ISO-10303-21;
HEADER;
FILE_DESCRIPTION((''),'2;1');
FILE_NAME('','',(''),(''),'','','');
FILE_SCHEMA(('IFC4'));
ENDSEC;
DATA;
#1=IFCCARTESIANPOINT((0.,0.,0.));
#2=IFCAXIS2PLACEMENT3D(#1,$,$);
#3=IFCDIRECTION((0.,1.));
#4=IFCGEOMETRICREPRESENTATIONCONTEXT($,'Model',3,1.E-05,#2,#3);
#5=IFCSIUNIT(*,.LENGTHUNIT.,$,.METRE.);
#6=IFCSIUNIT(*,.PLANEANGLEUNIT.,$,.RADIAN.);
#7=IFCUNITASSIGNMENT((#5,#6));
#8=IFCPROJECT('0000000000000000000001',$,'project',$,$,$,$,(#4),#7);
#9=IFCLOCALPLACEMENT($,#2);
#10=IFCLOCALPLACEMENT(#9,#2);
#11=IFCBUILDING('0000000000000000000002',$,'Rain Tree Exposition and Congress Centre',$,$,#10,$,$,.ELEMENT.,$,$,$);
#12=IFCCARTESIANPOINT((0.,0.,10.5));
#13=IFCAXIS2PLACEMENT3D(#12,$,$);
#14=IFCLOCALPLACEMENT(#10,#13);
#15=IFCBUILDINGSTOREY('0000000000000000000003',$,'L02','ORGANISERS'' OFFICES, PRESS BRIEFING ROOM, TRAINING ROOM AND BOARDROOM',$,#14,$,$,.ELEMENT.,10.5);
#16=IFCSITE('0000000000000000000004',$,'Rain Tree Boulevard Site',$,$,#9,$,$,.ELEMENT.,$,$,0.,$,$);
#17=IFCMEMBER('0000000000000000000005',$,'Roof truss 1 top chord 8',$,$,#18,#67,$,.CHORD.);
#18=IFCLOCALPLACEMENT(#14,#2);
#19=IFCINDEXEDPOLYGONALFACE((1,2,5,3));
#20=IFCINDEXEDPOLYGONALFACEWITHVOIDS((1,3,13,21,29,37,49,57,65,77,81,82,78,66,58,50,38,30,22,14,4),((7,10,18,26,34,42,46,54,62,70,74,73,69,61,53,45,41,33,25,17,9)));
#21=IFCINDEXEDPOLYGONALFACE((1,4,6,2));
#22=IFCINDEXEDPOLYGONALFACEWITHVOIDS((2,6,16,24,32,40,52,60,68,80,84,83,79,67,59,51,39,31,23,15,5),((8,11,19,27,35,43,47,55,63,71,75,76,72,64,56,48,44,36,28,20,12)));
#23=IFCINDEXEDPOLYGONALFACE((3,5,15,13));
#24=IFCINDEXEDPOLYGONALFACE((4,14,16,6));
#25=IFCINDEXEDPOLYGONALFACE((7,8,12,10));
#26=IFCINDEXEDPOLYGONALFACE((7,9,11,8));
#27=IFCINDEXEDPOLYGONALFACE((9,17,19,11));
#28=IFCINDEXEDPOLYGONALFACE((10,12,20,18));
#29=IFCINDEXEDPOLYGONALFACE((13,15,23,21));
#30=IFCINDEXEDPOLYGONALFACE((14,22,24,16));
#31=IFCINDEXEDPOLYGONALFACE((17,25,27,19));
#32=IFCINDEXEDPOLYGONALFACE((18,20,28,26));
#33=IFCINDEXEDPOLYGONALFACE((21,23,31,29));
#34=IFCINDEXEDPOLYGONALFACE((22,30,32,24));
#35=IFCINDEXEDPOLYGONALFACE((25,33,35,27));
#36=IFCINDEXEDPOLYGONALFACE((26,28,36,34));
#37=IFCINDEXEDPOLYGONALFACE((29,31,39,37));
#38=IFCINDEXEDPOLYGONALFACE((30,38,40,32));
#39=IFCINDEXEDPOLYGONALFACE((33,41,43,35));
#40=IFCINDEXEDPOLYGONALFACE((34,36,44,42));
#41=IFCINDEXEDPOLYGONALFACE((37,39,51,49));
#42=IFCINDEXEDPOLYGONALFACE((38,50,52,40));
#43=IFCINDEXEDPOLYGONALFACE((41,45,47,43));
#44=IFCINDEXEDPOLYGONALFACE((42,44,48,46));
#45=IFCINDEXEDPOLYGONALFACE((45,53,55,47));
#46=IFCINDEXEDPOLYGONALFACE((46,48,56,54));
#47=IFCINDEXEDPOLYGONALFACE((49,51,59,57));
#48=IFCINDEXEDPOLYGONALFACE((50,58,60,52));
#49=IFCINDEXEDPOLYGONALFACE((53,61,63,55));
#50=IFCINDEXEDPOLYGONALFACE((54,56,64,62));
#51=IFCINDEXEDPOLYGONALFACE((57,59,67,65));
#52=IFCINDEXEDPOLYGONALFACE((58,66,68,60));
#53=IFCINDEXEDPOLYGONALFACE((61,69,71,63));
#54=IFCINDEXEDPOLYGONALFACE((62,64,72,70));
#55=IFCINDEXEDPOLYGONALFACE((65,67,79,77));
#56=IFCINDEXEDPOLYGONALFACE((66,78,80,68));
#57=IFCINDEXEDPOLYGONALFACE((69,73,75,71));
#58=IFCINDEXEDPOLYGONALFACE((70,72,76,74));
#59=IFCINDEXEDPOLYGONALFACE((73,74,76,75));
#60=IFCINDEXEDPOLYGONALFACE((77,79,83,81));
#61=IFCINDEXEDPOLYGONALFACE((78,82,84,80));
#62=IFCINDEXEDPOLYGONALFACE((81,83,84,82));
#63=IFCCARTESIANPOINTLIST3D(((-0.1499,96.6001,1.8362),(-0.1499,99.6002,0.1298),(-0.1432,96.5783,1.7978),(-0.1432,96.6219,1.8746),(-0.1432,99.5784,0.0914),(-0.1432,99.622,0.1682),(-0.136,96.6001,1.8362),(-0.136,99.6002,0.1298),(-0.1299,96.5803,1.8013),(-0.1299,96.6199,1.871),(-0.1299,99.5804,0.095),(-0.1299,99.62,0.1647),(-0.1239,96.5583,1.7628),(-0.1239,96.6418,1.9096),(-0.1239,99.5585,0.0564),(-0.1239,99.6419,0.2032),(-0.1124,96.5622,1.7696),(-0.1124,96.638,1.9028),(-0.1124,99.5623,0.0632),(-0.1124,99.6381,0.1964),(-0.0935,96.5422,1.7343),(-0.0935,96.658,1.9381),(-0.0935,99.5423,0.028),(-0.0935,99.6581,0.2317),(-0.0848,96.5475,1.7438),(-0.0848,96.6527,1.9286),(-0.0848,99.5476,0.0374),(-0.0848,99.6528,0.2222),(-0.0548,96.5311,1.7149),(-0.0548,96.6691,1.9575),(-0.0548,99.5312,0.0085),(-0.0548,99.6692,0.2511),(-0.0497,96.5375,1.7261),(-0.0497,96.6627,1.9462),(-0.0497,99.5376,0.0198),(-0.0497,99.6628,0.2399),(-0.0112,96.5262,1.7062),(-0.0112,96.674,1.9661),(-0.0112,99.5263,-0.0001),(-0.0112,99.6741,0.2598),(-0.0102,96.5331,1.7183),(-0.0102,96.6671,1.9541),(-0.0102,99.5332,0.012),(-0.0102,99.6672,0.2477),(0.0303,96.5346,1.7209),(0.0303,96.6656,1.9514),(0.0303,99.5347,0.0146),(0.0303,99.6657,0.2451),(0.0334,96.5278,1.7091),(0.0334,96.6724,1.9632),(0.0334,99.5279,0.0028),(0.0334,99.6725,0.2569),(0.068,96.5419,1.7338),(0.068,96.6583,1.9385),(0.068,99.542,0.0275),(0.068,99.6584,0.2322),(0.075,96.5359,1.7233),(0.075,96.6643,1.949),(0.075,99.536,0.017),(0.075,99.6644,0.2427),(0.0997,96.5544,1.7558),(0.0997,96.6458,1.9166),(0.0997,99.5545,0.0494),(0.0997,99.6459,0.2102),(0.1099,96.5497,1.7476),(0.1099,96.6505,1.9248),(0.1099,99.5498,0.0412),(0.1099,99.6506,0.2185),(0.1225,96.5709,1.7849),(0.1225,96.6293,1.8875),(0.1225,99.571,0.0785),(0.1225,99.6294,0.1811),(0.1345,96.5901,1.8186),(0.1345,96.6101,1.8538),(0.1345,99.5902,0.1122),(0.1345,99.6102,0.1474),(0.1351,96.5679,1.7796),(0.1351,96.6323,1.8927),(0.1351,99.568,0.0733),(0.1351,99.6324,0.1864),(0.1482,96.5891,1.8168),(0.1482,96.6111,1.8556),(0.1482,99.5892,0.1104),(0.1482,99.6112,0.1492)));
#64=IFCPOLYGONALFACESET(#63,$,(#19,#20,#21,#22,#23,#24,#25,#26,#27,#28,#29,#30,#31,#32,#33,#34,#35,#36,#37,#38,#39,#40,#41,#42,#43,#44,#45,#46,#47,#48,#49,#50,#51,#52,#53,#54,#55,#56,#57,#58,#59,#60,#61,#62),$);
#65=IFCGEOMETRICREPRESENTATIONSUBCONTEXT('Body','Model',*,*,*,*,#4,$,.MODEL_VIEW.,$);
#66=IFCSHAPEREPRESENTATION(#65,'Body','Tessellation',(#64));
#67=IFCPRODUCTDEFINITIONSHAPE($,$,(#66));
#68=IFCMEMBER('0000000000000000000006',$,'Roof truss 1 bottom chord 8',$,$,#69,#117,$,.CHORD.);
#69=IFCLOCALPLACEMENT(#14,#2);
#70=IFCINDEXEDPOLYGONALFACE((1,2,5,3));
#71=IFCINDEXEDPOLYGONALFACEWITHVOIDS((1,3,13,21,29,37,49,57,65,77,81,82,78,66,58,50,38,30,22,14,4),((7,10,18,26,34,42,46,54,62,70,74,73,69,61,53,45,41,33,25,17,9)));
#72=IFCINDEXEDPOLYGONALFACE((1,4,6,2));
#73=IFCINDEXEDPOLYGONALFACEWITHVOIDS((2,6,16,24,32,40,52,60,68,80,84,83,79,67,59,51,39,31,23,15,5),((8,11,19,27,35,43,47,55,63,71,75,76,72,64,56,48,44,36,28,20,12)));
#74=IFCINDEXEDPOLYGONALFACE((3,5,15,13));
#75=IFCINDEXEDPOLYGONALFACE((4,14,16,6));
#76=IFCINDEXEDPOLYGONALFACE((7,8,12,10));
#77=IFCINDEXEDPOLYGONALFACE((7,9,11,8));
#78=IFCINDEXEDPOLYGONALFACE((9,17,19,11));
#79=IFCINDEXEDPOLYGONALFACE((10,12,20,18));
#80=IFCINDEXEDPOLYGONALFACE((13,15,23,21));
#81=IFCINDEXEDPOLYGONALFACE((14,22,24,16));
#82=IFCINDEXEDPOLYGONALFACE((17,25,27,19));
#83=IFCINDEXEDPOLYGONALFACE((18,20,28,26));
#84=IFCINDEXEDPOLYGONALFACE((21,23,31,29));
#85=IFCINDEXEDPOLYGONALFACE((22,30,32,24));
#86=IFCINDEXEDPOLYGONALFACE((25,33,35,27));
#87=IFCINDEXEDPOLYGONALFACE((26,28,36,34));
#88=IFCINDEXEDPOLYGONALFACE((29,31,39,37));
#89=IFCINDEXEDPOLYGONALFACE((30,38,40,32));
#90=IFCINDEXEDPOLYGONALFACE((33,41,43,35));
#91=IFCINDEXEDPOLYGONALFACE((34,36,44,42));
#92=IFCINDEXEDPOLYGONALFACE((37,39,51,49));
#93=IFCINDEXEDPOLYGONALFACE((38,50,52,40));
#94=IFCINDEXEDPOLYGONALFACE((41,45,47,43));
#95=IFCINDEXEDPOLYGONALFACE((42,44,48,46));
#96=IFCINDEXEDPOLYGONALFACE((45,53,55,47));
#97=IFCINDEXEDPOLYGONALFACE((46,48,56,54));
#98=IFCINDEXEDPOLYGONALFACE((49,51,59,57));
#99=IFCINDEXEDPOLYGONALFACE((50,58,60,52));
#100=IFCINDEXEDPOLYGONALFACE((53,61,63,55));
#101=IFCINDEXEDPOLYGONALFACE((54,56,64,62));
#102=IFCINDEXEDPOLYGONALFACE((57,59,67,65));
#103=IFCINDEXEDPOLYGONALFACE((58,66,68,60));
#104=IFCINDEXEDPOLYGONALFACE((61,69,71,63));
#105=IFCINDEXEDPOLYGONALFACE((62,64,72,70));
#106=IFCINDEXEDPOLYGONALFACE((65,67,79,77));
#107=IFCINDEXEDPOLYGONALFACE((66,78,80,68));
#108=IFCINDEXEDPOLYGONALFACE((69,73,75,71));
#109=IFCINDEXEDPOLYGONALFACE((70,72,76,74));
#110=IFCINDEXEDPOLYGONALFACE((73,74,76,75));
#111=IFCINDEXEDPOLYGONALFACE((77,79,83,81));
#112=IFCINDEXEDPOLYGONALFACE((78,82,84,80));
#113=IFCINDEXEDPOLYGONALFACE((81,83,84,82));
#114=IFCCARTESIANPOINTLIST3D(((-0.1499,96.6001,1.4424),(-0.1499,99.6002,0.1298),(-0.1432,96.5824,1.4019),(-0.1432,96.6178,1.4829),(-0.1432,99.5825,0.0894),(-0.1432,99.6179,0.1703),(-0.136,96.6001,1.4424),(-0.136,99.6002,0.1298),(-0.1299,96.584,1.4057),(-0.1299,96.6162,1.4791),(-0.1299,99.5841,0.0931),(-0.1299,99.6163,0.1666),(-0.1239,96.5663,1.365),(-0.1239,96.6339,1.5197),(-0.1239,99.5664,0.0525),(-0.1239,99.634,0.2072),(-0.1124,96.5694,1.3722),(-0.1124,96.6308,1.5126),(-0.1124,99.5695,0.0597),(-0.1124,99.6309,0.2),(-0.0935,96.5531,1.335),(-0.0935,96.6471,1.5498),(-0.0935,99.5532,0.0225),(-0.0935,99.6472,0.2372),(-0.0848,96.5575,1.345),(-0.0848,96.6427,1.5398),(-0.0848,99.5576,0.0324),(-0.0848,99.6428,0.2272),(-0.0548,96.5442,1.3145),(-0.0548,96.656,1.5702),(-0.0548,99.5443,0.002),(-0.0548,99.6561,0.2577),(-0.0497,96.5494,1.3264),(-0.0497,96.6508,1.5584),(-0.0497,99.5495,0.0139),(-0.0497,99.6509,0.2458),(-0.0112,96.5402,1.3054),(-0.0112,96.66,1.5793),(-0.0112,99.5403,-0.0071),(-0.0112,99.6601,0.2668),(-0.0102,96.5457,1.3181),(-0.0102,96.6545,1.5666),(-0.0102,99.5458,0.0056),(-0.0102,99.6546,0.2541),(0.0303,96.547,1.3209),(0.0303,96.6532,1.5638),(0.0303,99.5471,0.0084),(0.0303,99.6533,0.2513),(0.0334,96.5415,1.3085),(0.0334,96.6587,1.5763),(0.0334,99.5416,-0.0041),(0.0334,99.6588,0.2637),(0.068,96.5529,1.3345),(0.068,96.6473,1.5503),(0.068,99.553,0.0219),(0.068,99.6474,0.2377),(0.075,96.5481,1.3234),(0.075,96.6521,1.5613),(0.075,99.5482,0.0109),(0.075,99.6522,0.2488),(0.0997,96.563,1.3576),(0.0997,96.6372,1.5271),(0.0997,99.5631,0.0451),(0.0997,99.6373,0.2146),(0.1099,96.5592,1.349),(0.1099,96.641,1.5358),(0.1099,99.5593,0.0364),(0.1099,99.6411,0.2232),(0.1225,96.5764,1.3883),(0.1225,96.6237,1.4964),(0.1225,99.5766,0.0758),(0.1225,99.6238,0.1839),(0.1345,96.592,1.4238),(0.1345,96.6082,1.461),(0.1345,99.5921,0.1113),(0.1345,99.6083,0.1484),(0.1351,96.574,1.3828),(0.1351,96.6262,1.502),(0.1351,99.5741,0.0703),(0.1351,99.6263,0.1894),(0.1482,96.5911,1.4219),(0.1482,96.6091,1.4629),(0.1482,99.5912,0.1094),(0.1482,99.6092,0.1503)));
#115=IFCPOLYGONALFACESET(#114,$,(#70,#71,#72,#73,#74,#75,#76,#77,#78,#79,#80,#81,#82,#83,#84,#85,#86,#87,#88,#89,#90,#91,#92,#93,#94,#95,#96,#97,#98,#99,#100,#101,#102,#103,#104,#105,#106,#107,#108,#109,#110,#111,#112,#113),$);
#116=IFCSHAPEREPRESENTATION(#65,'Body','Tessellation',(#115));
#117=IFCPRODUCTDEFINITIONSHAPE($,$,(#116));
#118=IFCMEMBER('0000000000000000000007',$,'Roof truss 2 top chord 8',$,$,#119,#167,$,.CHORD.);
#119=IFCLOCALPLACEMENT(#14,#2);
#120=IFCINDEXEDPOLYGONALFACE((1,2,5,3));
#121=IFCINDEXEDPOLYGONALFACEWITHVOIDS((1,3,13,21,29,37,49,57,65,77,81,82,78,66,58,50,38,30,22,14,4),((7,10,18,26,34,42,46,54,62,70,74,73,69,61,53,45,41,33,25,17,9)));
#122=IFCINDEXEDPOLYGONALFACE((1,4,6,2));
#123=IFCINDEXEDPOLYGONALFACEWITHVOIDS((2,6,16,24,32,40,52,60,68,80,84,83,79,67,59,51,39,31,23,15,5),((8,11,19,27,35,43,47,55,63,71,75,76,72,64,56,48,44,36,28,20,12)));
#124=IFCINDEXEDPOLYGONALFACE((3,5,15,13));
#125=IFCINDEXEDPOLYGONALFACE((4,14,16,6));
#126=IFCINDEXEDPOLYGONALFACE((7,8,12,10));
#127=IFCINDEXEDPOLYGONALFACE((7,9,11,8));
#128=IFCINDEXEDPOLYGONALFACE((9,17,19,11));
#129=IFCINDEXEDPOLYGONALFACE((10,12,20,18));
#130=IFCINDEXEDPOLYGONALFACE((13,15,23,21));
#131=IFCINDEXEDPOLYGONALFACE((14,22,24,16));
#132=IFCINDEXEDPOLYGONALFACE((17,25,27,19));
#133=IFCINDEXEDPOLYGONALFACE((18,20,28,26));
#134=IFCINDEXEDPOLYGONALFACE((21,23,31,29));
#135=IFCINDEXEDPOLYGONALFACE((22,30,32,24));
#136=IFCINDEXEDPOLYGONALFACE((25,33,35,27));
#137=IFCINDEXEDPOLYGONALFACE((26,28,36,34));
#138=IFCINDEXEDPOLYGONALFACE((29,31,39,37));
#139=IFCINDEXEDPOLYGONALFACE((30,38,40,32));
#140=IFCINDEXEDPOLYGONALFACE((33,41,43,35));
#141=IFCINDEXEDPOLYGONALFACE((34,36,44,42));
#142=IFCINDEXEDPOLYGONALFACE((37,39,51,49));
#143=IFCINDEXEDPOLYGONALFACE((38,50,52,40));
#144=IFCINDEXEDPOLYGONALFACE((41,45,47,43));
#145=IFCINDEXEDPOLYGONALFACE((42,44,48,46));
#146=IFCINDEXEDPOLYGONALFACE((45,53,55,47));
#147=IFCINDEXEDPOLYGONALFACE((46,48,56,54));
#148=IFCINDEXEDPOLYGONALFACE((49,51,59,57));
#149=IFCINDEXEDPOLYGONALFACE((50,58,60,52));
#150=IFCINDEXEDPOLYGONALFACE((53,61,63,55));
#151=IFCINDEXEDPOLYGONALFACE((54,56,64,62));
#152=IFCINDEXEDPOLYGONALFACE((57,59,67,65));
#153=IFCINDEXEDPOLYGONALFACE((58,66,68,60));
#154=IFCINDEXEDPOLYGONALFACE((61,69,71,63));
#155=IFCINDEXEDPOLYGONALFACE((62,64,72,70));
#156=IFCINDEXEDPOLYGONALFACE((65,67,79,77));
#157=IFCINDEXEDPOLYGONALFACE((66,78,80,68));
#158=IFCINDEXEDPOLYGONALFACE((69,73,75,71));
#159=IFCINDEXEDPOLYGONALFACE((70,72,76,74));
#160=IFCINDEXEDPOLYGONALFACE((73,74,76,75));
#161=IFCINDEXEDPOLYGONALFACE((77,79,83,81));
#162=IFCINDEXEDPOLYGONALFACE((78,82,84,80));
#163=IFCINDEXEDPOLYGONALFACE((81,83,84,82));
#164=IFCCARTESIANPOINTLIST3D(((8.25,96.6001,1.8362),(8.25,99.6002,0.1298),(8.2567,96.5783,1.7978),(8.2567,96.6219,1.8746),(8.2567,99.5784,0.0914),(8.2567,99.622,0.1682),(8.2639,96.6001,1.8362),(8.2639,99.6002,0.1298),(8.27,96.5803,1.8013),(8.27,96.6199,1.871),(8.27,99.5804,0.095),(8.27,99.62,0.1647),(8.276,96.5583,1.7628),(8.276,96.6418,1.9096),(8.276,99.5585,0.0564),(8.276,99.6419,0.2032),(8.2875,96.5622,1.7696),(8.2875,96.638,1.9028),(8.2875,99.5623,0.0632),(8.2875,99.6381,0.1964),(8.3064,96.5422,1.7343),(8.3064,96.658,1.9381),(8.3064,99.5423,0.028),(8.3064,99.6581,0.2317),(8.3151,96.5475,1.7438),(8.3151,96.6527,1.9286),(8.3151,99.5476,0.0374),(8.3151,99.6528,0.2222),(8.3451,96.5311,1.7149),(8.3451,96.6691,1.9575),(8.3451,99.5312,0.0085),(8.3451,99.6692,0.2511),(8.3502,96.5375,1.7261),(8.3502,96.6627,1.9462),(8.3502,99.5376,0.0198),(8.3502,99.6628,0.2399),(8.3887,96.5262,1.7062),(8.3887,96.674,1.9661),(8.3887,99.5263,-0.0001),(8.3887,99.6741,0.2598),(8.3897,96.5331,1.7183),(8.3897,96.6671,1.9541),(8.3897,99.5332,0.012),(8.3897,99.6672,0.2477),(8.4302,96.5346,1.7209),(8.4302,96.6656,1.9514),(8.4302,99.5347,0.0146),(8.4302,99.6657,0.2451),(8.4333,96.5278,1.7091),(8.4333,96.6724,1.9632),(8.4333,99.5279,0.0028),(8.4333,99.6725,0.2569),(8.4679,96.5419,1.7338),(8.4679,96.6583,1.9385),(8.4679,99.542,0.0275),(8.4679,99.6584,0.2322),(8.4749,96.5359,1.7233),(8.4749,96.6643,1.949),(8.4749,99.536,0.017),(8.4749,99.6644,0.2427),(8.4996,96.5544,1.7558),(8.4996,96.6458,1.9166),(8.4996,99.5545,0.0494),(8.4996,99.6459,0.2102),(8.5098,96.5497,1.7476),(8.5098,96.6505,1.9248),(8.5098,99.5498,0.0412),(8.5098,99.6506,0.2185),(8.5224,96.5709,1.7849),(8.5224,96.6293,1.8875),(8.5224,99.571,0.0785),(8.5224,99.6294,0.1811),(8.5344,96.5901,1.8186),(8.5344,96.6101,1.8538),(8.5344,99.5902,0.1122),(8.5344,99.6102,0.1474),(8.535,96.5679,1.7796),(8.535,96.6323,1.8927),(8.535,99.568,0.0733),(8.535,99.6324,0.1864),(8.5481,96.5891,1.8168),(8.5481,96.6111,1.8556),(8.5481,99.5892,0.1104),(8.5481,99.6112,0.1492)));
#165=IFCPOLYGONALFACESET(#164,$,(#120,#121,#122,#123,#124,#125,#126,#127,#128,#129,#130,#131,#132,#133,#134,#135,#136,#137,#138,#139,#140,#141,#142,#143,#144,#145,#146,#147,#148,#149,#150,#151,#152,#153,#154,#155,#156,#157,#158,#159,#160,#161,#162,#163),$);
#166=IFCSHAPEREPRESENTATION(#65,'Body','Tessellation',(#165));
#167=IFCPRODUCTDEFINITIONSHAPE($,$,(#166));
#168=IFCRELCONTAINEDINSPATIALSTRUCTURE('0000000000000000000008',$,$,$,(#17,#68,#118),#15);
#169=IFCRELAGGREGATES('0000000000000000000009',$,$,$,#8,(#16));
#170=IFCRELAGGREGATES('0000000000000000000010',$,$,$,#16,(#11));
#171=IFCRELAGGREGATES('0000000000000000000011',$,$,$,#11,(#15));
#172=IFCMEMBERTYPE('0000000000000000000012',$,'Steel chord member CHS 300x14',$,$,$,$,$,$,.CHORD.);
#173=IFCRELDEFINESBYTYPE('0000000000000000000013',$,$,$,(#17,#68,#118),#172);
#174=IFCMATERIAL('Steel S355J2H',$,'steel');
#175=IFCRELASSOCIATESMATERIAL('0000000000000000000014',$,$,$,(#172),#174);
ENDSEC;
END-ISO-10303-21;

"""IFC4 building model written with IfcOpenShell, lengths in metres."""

from ifc_helpers import new_model, si_unit, direction, frame, origin, origin_2d, place, context, subcontext, project, spatial, hollow_circle, extrude, material, material_profile, profile_set, type_object, element, save


model = new_model("IFC4")

# Units and contexts
model_context = context("Model", 3, precision=1e-05, world=origin(), true_north=direction((0.0, 1.0)))
body_context = subcontext(model_context, "Body", "Model", "MODEL_VIEW")
ifc_project = project(units=[si_unit("LENGTHUNIT", "METRE"), si_unit("PLANEANGLEUNIT", "RADIAN")], contexts=[model_context])

# Site, building, storey
site_placement = place(None, origin())
site = spatial("IfcSite", under=ifc_project, at=site_placement, Name="Rain Tree Boulevard Site", CompositionType="ELEMENT", RefElevation=0.0)
building_placement = place(site_placement, origin())
building = spatial("IfcBuilding", under=site, at=building_placement, Name="Rain Tree Exposition and Congress Centre", CompositionType="ELEMENT")
storey_placement = place(building_placement, frame((0.0, 0.0, 10.5)))
storey = spatial("IfcBuildingStorey", under=building, at=storey_placement, Name="L02", Description="ORGANISERS' OFFICES, PRESS BRIEFING ROOM, TRAINING ROOM AND BOARDROOM", CompositionType="ELEMENT", Elevation=10.5)

# Members
ifc_material_1 = material(Name="Steel S355J2H", Category="steel")
ifc_material_profile_1 = material_profile(ifc_material_1, hollow_circle(Radius=0.1499, WallThickness=0.0139, at=origin_2d()), Name="CHS 300x14")
ifc_profile_set_1 = profile_set([ifc_material_profile_1], Name="Steel S355J2H")
member_type_1 = type_object("IfcMemberType", Name="Steel chord member CHS 300x14", PredefinedType="CHORD", material=ifc_profile_set_1)
member_1_placement = place(storey_placement, frame((0.0, 96.6001, 1.8362), z_axis=(0.0, 0.869238, -0.494393), x_axis=(-1.0, 0.0, 0.0)))
element("IfcMember", 1, at=member_1_placement, inside=storey, type_object=member_type_1, Name="Roof truss 1 top chord 8", PredefinedType="CHORD", context=body_context, shape_type="SweptSolid", body=[
    extrude(hollow_circle(Radius=0.1499, WallThickness=0.0139, at=origin_2d()), origin(), (0.0, 0.0, 1.0), 3.4514),
])
member_2_placement = place(storey_placement, frame((0.0, 96.6001, 1.4424), z_axis=(0.0, 0.916157, -0.400819), x_axis=(-1.0, 0.0, 0.0)))
element("IfcMember", 2, at=member_2_placement, inside=storey, type_object=member_type_1, Name="Roof truss 1 bottom chord 8", PredefinedType="CHORD", context=body_context, shape_type="SweptSolid", body=[
    extrude(hollow_circle(Radius=0.1499, WallThickness=0.0139, at=origin_2d()), origin(), (0.0, 0.0, 1.0), 3.2747),
])
member_3_placement = place(storey_placement, frame((8.3999, 96.6001, 1.8362), z_axis=(0.0, 0.869238, -0.494393), x_axis=(-1.0, 0.0, 0.0)))
element("IfcMember", 3, at=member_3_placement, inside=storey, type_object=member_type_1, Name="Roof truss 2 top chord 8", PredefinedType="CHORD", context=body_context, shape_type="SweptSolid", body=[
    extrude(hollow_circle(Radius=0.1499, WallThickness=0.0139, at=origin_2d()), origin(), (0.0, 0.0, 1.0), 3.4514),
])

save(model, "model.ifc")
